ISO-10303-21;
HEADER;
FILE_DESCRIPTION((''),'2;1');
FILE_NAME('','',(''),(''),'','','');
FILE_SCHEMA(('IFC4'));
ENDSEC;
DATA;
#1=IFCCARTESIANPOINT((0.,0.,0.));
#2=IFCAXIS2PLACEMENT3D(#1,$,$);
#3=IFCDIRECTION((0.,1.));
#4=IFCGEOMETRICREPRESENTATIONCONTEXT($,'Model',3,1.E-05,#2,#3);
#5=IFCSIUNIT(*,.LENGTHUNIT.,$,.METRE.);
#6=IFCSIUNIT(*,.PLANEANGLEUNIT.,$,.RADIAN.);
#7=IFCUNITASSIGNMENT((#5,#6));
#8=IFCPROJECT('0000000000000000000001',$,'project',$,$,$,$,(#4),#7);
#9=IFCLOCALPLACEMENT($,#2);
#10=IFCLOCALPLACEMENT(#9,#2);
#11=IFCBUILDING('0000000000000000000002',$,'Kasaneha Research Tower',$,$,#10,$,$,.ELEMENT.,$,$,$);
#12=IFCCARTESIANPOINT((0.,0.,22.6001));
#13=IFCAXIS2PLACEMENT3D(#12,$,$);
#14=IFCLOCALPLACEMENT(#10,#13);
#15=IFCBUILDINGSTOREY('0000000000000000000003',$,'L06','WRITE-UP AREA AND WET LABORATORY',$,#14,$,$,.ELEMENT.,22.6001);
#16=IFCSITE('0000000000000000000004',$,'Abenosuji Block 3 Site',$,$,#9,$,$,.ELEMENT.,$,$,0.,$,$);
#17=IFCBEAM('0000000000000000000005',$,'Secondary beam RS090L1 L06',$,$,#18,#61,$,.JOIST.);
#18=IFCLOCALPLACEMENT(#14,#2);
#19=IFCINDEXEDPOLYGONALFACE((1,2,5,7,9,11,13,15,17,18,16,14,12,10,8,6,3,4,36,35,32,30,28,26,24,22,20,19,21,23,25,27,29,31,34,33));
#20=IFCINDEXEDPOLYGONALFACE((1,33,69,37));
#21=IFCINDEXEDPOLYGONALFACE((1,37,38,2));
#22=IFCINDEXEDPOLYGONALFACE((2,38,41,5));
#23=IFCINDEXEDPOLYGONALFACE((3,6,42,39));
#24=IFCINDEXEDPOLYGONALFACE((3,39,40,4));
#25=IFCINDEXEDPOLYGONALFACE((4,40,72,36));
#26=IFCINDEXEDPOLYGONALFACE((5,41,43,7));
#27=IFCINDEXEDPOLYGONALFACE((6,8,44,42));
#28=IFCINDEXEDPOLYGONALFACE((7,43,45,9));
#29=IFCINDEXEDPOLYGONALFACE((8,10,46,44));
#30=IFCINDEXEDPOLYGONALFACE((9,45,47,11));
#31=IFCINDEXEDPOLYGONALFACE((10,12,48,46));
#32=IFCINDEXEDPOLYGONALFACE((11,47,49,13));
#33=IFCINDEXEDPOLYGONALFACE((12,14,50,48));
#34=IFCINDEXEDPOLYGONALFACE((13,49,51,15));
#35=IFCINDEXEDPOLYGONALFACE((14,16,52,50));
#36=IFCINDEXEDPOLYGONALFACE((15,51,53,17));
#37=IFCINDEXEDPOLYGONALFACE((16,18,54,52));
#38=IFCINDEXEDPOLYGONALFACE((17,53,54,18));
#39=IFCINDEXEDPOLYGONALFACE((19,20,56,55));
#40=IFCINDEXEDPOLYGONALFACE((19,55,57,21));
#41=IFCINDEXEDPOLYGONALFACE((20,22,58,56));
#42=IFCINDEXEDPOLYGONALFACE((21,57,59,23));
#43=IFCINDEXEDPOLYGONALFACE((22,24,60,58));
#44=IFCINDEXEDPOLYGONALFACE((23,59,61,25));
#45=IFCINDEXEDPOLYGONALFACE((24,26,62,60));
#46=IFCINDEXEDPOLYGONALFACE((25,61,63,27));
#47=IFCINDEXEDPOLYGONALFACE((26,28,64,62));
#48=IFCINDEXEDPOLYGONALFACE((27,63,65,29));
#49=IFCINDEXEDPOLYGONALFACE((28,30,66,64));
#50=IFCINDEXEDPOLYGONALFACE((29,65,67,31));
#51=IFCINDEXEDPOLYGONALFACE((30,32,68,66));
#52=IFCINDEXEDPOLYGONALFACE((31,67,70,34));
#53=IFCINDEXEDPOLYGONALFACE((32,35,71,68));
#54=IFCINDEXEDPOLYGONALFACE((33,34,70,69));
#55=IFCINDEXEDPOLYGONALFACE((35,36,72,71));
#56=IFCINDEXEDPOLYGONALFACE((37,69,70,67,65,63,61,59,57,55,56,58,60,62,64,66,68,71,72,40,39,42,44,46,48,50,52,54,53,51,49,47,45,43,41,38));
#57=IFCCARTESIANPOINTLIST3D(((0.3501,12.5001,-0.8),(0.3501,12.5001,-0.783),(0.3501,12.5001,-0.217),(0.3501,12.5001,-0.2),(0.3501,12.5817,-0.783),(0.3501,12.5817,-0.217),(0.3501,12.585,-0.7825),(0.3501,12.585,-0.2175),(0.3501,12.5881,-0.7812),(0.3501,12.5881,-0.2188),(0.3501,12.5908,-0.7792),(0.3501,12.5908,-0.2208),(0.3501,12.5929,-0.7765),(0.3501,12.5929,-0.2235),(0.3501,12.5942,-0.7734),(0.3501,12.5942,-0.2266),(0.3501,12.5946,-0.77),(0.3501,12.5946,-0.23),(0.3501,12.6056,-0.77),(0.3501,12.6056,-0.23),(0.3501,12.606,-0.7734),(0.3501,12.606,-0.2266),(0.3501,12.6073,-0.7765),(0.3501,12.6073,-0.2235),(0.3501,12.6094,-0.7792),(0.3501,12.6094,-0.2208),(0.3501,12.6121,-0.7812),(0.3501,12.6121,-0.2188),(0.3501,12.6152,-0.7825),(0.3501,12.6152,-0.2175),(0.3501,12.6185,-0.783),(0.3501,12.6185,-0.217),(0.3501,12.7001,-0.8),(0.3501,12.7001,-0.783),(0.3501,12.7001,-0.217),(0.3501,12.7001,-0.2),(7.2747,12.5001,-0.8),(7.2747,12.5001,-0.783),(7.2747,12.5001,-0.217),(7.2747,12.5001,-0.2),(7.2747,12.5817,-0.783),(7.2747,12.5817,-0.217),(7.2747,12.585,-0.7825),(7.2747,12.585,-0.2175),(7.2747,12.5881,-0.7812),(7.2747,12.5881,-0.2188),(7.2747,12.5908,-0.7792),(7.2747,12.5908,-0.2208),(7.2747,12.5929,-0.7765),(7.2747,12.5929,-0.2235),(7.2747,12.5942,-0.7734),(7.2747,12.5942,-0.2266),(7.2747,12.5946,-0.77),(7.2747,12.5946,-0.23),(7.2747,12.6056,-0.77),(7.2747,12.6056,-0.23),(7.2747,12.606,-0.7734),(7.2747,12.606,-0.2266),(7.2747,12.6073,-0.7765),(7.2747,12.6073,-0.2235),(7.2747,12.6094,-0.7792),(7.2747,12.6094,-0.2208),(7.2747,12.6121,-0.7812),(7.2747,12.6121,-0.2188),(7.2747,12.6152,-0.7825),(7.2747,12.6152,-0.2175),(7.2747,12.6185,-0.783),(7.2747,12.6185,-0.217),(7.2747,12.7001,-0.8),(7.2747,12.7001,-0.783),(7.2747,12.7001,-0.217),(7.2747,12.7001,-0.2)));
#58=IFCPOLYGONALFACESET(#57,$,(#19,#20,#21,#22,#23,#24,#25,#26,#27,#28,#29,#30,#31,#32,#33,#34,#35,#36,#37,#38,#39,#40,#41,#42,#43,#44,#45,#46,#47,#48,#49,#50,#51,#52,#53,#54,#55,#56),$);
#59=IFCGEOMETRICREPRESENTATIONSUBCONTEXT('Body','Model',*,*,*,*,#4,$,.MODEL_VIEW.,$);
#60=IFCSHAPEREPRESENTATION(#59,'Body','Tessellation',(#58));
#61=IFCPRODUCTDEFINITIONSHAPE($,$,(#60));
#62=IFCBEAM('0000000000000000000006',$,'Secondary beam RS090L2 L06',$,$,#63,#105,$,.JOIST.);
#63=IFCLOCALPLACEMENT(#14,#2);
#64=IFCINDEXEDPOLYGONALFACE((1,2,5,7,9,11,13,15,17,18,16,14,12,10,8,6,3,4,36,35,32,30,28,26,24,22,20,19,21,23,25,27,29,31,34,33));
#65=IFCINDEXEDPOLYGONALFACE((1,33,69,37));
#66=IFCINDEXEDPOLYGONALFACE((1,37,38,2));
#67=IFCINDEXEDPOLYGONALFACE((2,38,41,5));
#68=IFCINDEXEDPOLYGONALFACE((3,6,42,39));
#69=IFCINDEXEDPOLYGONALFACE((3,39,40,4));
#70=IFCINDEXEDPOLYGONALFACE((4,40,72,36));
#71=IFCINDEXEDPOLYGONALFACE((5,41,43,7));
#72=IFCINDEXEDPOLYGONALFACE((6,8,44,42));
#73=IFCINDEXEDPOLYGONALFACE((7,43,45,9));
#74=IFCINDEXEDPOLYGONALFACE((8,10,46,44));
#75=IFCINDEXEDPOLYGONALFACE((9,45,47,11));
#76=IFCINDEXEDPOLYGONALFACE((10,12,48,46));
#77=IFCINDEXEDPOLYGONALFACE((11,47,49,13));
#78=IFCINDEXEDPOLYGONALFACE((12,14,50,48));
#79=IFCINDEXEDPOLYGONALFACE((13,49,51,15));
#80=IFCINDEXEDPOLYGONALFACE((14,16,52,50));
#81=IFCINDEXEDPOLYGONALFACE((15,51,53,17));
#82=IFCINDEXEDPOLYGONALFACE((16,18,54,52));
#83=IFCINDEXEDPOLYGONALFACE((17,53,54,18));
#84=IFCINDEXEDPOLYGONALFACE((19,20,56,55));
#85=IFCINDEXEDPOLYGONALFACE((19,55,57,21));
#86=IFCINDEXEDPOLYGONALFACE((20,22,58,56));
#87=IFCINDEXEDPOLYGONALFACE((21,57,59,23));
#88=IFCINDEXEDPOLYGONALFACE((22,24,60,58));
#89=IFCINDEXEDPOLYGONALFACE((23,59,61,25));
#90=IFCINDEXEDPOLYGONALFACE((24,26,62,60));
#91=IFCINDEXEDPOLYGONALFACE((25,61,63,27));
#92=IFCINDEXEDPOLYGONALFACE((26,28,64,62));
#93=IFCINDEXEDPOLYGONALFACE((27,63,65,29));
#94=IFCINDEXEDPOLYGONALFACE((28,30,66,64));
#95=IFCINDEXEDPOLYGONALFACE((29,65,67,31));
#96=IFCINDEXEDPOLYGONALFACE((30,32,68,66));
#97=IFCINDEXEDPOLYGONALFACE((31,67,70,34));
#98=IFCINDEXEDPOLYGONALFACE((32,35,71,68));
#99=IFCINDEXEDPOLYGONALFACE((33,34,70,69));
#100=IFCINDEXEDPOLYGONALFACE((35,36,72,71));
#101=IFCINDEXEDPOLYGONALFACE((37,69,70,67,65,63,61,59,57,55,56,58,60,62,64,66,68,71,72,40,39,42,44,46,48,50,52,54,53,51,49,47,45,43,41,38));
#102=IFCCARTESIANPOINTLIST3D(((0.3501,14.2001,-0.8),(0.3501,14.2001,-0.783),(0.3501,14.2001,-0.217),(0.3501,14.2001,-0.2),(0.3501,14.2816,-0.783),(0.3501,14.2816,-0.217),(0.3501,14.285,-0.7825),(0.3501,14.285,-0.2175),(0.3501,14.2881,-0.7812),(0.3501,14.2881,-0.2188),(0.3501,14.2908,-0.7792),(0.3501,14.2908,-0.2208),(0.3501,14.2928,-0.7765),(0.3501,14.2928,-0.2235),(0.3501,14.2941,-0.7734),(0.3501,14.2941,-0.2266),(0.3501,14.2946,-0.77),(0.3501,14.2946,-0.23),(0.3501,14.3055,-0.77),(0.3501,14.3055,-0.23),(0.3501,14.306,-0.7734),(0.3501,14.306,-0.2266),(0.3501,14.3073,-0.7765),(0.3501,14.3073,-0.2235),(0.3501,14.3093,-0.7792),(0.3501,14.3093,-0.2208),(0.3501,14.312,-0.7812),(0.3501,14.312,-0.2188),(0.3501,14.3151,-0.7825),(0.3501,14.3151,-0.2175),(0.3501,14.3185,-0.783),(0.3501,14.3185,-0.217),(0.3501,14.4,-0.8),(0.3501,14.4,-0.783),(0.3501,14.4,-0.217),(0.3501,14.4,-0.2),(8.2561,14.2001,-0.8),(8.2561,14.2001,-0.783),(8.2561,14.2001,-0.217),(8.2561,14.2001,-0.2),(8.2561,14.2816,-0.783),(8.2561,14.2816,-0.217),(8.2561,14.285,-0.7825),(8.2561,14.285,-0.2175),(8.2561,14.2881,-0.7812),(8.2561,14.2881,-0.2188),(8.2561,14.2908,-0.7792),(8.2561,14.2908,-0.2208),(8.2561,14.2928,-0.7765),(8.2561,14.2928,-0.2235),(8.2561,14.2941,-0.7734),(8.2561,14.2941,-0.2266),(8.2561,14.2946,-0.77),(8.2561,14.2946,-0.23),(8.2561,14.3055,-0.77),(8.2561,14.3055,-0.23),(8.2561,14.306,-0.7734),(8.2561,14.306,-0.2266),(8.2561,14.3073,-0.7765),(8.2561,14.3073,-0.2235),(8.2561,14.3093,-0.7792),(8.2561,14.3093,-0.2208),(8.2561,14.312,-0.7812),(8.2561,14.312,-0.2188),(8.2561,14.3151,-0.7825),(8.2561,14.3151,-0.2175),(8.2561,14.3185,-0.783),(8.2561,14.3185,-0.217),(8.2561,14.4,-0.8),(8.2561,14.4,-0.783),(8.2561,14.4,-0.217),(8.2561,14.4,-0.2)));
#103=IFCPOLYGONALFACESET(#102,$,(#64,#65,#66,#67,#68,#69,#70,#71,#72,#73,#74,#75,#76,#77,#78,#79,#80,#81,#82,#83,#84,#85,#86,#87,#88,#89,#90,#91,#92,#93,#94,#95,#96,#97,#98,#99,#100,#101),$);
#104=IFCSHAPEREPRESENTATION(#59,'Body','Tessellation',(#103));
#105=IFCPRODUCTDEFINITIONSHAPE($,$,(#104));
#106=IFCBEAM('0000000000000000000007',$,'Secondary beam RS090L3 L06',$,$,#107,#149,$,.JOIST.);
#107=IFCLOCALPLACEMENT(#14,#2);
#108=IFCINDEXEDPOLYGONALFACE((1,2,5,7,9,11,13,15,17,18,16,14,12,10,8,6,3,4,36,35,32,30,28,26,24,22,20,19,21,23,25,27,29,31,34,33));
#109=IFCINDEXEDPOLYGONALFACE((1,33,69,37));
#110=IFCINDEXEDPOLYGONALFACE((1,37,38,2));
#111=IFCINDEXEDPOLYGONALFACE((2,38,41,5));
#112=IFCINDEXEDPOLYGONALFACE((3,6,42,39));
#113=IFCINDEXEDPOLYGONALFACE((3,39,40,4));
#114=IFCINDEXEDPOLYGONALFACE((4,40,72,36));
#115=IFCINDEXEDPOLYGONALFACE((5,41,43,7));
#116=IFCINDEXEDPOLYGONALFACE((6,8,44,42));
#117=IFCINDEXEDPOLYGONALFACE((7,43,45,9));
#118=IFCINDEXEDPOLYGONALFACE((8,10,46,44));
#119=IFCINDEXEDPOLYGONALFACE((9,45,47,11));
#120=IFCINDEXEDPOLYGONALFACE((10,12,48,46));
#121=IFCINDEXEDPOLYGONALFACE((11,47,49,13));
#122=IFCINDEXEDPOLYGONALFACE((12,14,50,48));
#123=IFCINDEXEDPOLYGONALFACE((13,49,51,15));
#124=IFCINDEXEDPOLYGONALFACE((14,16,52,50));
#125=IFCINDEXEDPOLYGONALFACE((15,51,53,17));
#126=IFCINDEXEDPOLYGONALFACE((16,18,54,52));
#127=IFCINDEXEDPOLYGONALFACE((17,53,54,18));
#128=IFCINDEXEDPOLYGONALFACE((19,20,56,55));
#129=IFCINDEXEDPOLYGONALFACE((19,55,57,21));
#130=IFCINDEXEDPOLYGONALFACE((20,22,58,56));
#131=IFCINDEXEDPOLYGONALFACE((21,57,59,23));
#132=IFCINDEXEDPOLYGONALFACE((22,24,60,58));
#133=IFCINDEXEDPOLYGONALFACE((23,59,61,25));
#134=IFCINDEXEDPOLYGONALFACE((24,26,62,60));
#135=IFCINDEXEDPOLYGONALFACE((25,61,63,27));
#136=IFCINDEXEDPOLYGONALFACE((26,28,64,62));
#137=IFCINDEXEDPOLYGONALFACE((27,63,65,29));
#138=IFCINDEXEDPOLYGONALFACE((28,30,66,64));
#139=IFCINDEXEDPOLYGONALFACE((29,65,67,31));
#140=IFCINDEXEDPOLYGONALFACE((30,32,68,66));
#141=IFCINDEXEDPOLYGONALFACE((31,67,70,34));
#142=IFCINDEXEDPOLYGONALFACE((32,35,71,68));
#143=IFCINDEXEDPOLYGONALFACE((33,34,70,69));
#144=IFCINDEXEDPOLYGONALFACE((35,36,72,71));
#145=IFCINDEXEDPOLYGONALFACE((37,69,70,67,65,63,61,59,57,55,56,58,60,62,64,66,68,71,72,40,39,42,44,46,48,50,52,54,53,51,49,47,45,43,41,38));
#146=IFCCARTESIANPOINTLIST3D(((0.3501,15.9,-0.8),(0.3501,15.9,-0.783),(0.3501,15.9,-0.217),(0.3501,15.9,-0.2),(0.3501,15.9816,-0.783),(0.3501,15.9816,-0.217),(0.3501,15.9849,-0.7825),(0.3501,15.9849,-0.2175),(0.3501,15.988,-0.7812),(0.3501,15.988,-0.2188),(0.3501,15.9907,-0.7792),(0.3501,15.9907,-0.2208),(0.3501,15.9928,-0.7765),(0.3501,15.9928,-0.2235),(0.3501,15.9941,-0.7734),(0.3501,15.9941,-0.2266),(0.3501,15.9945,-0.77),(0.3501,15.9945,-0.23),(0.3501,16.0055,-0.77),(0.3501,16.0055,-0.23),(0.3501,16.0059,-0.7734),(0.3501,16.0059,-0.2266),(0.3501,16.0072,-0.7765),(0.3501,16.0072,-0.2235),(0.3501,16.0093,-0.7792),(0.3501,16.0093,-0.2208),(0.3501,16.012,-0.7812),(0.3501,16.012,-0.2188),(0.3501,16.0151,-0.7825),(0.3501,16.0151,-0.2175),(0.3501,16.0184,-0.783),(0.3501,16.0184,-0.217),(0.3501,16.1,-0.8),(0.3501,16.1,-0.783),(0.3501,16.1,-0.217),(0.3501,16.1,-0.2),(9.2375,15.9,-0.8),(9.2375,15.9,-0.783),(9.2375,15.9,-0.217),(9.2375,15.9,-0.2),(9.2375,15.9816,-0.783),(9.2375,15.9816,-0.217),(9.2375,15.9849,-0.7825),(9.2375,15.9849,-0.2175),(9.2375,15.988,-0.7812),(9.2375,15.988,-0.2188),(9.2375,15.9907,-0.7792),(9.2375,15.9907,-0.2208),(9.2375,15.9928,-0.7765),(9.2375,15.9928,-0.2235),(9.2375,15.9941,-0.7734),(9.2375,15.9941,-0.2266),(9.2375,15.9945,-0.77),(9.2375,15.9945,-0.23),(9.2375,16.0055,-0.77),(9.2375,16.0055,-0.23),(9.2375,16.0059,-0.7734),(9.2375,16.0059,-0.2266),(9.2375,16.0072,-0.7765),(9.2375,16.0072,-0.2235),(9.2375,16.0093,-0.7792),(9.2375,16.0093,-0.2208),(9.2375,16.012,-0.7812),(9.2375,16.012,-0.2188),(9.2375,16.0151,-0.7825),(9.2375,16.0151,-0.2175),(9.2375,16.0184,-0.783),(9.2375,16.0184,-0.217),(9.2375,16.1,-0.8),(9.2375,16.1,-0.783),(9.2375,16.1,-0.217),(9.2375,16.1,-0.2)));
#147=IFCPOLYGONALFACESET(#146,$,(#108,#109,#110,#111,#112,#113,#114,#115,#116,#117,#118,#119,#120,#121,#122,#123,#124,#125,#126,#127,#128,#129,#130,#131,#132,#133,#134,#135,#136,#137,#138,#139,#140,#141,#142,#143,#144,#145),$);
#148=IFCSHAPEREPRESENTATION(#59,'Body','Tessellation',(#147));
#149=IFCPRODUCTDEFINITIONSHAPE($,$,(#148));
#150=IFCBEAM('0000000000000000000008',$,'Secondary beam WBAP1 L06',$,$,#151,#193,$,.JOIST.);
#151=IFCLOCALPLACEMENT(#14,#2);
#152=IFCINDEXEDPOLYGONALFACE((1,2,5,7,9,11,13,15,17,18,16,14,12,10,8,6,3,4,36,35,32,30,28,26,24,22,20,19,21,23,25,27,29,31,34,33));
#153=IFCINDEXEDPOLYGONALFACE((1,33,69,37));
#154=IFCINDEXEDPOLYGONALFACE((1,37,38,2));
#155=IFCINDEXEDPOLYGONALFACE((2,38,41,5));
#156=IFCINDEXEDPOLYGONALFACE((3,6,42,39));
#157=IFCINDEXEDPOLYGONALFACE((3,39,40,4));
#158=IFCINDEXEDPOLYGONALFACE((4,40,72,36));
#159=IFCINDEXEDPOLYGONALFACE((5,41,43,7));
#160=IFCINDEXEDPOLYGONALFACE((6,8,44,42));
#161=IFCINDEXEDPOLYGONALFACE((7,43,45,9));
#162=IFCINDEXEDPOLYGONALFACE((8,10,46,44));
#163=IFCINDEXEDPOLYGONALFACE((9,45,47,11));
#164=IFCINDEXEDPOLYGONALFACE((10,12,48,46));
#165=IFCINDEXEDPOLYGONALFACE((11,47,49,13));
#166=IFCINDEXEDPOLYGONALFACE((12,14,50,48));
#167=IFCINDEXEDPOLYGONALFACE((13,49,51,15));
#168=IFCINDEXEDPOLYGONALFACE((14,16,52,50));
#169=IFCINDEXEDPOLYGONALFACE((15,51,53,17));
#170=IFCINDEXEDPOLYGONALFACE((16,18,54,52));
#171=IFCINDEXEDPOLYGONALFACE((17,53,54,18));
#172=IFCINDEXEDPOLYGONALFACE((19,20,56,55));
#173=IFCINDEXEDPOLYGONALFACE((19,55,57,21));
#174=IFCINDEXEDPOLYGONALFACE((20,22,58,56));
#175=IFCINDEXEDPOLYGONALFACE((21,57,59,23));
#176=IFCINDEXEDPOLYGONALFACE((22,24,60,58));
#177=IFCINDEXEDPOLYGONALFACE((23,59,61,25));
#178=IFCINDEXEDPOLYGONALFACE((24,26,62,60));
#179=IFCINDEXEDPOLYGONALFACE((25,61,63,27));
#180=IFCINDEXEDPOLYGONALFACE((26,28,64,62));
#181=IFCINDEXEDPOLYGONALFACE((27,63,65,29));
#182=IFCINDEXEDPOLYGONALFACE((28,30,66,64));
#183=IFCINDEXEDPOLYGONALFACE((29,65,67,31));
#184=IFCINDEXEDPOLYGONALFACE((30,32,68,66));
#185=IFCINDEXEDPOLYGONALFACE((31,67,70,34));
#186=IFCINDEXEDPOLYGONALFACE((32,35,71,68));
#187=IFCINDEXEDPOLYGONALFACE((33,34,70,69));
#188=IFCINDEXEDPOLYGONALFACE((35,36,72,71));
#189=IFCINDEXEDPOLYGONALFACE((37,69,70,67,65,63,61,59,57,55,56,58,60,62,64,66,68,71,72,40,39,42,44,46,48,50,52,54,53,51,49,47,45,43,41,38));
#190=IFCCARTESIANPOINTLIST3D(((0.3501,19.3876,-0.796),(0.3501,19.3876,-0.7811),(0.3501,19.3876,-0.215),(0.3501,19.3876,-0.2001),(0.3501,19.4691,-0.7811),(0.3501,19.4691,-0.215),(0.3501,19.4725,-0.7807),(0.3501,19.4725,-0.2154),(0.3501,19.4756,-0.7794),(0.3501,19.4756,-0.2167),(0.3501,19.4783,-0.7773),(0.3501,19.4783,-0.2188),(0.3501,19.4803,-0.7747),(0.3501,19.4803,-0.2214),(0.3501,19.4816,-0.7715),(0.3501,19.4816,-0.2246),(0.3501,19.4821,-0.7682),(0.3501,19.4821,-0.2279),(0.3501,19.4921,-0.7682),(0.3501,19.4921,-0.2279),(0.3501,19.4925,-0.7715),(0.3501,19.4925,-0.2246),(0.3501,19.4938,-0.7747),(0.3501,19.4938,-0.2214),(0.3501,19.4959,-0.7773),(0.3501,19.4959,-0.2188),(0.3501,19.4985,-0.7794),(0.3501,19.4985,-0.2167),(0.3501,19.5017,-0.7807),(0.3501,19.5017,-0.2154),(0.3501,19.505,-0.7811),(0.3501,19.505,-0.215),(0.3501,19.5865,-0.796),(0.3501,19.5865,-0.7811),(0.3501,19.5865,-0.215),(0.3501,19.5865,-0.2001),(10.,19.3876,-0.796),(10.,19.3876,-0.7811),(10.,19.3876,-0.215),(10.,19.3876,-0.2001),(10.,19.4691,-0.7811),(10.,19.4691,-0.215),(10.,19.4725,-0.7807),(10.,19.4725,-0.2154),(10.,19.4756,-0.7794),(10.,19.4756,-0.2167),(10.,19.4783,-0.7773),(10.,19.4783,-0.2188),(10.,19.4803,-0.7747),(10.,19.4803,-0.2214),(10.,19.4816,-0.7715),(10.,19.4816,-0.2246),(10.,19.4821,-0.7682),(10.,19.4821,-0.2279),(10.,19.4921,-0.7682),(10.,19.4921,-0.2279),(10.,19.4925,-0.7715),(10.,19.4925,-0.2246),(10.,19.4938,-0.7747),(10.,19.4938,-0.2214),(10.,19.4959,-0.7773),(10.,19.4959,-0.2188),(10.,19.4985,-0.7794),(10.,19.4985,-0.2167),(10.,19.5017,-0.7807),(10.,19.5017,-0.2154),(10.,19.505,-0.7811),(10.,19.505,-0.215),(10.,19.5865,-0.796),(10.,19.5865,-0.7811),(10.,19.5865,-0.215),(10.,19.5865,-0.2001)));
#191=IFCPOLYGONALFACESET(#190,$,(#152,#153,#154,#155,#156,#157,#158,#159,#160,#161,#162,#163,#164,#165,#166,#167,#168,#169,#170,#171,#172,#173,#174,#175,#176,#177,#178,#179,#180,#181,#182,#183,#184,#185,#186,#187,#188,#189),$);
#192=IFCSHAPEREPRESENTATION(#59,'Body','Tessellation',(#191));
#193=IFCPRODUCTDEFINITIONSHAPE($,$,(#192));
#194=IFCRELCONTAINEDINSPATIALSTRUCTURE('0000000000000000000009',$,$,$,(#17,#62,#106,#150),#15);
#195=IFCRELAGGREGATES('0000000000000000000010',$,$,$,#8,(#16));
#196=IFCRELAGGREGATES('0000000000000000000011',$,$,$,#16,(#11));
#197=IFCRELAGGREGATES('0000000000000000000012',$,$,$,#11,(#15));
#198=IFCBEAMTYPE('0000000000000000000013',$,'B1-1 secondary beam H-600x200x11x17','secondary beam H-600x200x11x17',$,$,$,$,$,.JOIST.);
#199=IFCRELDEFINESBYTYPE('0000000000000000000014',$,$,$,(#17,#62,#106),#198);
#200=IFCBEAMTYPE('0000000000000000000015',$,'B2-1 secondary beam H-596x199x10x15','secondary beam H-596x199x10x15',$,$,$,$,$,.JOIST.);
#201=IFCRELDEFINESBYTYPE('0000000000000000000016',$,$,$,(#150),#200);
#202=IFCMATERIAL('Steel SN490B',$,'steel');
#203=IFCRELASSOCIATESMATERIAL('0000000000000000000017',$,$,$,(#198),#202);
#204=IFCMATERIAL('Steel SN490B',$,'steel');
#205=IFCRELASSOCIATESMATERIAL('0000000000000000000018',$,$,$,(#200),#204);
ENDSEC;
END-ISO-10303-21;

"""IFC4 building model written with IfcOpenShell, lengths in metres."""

from ifc_helpers import new_model, si_unit, direction, frame, origin, origin_2d, place, context, subcontext, project, spatial, i_section, extrude, material, material_profile, profile_set, type_object, element, save


model = new_model("IFC4")

# Units and contexts
model_context = context("Model", 3, precision=1e-05, world=origin(), true_north=direction((0.0, 1.0)))
body_context = subcontext(model_context, "Body", "Model", "MODEL_VIEW")
ifc_project = project(units=[si_unit("LENGTHUNIT", "METRE"), si_unit("PLANEANGLEUNIT", "RADIAN")], contexts=[model_context])

# Site, building, storey
site_placement = place(None, origin())
site = spatial("IfcSite", under=ifc_project, at=site_placement, Name="Abenosuji Block 3 Site", CompositionType="ELEMENT", RefElevation=0.0)
building_placement = place(site_placement, origin())
building = spatial("IfcBuilding", under=site, at=building_placement, Name="Kasaneha Research Tower", CompositionType="ELEMENT")
storey_placement = place(building_placement, frame((0.0, 0.0, 22.6001)))
storey = spatial("IfcBuildingStorey", under=building, at=storey_placement, Name="L06", Description="WRITE-UP AREA AND WET LABORATORY", CompositionType="ELEMENT", Elevation=22.6001)

# Beams
ifc_material_1 = material(Name="Steel SN490B", Category="steel")
ifc_material_profile_1 = material_profile(ifc_material_1, i_section(OverallWidth=0.2, OverallDepth=0.6001, WebThickness=0.011, FlangeThickness=0.0171, FilletRadius=0.0129, at=origin_2d()), Name="H-600x200x11x17")
ifc_profile_set_1 = profile_set([ifc_material_profile_1], Name="Steel SN490B")
beam_type_1 = type_object("IfcBeamType", Name="B1-1 secondary beam H-600x200x11x17", Description="secondary beam H-600x200x11x17", PredefinedType="JOIST", material=ifc_profile_set_1)
beam_1_placement = place(storey_placement, frame((7.2747, 12.6001, -0.5), z_axis=(-1.0, 0.0, 0.0), x_axis=(0.0, -1.0, 0.0)))
element("IfcBeam", 1, at=beam_1_placement, inside=storey, type_object=beam_type_1, Name="Secondary beam RS090L1 L06", PredefinedType="JOIST", context=body_context, shape_type="SweptSolid", body=[
    extrude(i_section(OverallWidth=0.2, OverallDepth=0.6001, WebThickness=0.011, FlangeThickness=0.0171, FilletRadius=0.0129, at=origin_2d()), origin(), (0.0, 0.0, 1.0), 6.9246),
])
beam_2_placement = place(storey_placement, frame((8.2561, 14.3, -0.5), z_axis=(-1.0, 0.0, 0.0), x_axis=(0.0, -1.0, 0.0)))
element("IfcBeam", 2, at=beam_2_placement, inside=storey, type_object=beam_type_1, Name="Secondary beam RS090L2 L06", PredefinedType="JOIST", context=body_context, shape_type="SweptSolid", body=[
    extrude(i_section(OverallWidth=0.2, OverallDepth=0.6001, WebThickness=0.011, FlangeThickness=0.0171, FilletRadius=0.0129, at=origin_2d()), origin(), (0.0, 0.0, 1.0), 7.906),
])
beam_3_placement = place(storey_placement, frame((9.2375, 16.0, -0.5), z_axis=(-1.0, 0.0, 0.0), x_axis=(0.0, -1.0, 0.0)))
element("IfcBeam", 3, at=beam_3_placement, inside=storey, type_object=beam_type_1, Name="Secondary beam RS090L3 L06", PredefinedType="JOIST", context=body_context, shape_type="SweptSolid", body=[
    extrude(i_section(OverallWidth=0.2, OverallDepth=0.6001, WebThickness=0.011, FlangeThickness=0.0171, FilletRadius=0.0129, at=origin_2d()), origin(), (0.0, 0.0, 1.0), 8.8875),
])
ifc_material_2 = material(Name="Steel SN490B", Category="steel")
ifc_material_profile_2 = material_profile(ifc_material_2, i_section(OverallWidth=0.199, OverallDepth=0.5959, WebThickness=0.01, FlangeThickness=0.0149, FilletRadius=0.0129, at=origin_2d()), Name="H-596x199x10x15")
ifc_profile_set_2 = profile_set([ifc_material_profile_2], Name="Steel SN490B")
beam_type_2 = type_object("IfcBeamType", Name="B2-1 secondary beam H-596x199x10x15", Description="secondary beam H-596x199x10x15", PredefinedType="JOIST", material=ifc_profile_set_2)
beam_4_placement = place(storey_placement, frame((10.0, 19.4871, -0.498), z_axis=(-1.0, 0.0, 0.0), x_axis=(0.0, -1.0, 0.0)))
element("IfcBeam", 4, at=beam_4_placement, inside=storey, type_object=beam_type_2, Name="Secondary beam WBAP1 L06", PredefinedType="JOIST", context=body_context, shape_type="SweptSolid", body=[
    extrude(i_section(OverallWidth=0.199, OverallDepth=0.5959, WebThickness=0.01, FlangeThickness=0.0149, FilletRadius=0.0129, at=origin_2d()), origin(), (0.0, 0.0, 1.0), 9.6499),
])

save(model, "model.ifc")
